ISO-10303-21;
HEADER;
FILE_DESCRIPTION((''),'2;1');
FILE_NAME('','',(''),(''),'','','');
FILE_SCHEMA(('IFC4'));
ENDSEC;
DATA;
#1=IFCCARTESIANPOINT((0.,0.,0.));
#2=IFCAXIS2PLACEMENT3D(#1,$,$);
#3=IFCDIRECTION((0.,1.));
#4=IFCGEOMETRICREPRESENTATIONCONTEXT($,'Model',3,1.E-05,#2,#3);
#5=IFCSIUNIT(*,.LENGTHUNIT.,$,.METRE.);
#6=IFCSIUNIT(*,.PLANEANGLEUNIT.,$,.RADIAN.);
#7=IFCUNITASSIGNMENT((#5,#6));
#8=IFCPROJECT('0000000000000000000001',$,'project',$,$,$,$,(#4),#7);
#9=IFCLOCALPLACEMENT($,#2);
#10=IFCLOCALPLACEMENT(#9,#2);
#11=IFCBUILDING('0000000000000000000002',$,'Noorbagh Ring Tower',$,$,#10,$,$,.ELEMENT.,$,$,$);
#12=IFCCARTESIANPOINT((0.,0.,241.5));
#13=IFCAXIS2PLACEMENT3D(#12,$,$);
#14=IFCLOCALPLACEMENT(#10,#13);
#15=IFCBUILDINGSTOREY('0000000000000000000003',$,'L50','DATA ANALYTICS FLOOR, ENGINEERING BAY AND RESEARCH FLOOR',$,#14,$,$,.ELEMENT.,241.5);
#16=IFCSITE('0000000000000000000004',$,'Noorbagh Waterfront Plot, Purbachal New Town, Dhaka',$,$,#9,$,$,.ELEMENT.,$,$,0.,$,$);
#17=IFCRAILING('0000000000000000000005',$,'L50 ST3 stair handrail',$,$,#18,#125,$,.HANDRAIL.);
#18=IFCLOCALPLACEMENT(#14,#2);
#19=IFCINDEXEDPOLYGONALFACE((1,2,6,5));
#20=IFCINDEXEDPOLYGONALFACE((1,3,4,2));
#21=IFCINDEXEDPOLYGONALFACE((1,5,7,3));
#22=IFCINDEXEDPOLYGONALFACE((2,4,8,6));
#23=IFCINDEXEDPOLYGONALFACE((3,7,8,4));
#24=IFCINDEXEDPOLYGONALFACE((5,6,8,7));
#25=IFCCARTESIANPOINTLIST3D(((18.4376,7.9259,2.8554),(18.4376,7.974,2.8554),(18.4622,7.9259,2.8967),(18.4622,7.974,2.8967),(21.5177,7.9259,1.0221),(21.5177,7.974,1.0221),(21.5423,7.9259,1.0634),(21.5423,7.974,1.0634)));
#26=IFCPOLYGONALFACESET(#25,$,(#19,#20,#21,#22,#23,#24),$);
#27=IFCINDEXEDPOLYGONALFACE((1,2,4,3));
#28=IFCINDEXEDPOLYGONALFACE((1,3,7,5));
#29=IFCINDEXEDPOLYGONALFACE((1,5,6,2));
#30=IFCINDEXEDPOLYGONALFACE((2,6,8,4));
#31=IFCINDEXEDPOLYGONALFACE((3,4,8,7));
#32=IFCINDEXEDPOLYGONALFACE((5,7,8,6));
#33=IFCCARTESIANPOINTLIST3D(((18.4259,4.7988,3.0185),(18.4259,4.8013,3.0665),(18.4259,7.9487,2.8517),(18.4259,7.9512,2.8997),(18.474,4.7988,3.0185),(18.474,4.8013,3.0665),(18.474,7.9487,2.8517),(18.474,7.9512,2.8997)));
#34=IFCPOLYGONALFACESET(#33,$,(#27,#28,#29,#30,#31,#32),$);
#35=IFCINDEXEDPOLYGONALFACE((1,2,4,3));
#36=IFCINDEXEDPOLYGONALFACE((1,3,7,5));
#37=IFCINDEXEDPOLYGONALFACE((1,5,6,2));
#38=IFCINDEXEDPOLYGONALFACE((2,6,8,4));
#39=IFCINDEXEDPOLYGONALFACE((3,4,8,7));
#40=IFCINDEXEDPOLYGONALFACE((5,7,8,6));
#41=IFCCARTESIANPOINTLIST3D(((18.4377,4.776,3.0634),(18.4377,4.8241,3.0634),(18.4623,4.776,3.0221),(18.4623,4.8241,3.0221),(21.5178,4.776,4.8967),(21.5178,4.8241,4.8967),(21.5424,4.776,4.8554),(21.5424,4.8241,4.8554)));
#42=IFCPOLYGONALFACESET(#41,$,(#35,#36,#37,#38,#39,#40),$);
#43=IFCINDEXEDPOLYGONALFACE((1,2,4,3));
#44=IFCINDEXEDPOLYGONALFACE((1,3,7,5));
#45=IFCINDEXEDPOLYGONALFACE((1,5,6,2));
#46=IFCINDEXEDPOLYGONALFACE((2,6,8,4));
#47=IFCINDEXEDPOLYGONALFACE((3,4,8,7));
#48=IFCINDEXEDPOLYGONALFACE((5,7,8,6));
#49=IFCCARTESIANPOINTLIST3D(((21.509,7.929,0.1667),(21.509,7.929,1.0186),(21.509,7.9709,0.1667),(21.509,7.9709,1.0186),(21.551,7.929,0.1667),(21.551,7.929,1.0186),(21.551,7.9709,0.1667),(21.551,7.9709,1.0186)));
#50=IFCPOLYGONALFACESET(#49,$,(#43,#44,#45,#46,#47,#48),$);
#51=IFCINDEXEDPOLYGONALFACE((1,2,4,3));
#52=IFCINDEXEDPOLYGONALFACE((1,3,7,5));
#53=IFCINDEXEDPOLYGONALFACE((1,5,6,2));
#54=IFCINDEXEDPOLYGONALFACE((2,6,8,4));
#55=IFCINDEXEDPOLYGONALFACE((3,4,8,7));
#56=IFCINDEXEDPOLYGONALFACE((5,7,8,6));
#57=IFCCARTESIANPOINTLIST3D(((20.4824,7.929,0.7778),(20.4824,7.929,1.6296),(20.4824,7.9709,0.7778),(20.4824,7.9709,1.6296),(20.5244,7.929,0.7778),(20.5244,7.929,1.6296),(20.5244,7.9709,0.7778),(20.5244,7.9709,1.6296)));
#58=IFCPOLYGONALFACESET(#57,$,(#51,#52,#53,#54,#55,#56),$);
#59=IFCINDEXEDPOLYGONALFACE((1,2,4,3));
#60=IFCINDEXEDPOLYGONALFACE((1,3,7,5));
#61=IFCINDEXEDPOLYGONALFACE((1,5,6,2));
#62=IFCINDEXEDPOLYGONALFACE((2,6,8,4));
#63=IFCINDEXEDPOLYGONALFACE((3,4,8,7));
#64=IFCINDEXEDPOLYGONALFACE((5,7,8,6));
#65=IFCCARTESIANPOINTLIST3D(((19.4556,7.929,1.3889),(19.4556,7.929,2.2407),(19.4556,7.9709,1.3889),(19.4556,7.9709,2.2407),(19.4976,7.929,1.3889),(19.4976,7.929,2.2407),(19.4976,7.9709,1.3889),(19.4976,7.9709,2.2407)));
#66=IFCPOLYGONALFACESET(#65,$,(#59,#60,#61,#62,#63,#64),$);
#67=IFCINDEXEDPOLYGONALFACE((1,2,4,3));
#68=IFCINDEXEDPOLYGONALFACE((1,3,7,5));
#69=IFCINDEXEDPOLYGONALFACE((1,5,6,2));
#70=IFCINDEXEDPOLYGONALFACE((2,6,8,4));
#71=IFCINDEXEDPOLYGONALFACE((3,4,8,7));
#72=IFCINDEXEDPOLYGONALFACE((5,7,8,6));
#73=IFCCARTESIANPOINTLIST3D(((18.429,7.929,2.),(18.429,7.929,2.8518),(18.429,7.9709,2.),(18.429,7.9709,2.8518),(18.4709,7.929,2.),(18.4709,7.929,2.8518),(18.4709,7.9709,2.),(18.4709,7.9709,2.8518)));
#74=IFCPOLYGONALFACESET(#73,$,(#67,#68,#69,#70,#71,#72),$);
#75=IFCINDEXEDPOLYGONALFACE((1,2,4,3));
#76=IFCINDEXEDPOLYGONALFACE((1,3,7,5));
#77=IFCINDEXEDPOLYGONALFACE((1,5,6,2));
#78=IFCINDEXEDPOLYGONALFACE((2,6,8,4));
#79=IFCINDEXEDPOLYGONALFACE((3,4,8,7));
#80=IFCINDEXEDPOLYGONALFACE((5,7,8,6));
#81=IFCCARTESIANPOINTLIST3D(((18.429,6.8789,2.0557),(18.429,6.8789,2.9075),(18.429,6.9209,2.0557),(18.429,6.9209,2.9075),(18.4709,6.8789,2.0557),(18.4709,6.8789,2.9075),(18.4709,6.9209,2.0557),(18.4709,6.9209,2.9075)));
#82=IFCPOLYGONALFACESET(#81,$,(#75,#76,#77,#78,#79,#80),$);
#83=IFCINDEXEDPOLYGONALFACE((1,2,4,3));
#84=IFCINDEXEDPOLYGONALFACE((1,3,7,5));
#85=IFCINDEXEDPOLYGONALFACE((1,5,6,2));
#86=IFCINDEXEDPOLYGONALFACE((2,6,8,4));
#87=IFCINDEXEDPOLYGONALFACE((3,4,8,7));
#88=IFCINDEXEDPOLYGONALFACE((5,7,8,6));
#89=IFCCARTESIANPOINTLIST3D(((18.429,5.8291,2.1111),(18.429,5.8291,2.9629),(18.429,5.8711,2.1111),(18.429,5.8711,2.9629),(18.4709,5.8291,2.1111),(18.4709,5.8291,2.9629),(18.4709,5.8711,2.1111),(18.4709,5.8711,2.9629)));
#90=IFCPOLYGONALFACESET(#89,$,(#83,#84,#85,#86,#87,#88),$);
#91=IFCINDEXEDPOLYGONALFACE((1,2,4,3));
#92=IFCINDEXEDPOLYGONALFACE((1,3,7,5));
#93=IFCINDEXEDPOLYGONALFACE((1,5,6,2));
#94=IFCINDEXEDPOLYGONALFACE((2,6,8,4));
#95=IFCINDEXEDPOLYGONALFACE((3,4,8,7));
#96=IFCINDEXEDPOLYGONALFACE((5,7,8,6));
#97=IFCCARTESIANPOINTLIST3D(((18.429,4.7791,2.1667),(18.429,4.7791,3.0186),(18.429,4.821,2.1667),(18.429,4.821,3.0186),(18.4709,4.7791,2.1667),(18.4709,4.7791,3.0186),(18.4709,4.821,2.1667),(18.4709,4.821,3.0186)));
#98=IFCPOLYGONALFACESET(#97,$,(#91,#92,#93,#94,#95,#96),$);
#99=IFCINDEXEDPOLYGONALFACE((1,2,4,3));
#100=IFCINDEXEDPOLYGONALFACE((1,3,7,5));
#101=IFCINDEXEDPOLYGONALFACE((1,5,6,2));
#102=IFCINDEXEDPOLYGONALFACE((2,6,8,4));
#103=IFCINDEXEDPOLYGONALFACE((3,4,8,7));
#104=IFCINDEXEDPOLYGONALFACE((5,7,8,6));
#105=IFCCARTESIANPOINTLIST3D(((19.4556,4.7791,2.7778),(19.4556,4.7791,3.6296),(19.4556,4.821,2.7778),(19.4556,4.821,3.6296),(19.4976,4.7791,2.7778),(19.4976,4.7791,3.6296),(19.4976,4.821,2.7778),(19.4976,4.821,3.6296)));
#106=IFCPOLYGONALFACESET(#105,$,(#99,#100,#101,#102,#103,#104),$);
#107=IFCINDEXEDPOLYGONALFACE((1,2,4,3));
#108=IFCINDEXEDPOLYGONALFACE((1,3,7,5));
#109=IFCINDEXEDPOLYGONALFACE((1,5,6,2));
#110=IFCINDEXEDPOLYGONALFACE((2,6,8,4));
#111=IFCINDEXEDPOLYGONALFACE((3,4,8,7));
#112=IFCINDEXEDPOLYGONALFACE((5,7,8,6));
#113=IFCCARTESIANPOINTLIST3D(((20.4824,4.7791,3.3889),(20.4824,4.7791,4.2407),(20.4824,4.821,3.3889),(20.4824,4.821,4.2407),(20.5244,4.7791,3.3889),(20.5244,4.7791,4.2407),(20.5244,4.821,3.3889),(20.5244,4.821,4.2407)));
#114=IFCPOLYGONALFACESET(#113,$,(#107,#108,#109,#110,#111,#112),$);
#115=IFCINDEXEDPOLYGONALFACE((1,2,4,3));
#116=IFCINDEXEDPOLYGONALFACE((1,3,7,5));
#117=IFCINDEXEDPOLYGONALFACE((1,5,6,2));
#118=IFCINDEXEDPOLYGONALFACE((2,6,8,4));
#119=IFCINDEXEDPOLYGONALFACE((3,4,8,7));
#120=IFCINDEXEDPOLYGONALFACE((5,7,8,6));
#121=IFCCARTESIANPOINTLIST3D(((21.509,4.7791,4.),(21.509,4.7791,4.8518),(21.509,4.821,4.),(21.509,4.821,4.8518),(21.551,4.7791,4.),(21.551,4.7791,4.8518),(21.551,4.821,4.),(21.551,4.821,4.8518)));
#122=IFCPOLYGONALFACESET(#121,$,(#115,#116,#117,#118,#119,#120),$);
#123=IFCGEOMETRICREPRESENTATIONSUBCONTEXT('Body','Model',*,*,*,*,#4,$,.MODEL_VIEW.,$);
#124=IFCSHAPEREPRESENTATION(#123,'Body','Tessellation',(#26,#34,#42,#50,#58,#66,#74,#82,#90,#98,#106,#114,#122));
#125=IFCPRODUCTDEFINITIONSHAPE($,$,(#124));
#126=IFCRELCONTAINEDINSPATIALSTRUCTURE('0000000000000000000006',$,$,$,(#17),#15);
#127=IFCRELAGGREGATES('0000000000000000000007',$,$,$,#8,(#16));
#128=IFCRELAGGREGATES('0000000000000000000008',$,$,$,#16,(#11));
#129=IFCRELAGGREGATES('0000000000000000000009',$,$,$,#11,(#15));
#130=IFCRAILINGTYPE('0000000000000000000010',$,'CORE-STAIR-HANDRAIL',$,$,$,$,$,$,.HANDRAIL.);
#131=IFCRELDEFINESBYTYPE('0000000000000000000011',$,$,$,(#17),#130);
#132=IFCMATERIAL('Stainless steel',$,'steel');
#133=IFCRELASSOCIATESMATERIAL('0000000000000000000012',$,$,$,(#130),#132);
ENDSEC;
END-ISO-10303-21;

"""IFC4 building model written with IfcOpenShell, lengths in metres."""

from ifc_helpers import new_model, si_unit, direction, frame, origin, origin_2d, place, context, subcontext, project, spatial, rectangle, extrude, material, type_object, element, save


model = new_model("IFC4")

# Units and contexts
model_context = context("Model", 3, precision=1e-05, world=origin(), true_north=direction((0.0, 1.0)))
body_context = subcontext(model_context, "Body", "Model", "MODEL_VIEW")
ifc_project = project(units=[si_unit("LENGTHUNIT", "METRE"), si_unit("PLANEANGLEUNIT", "RADIAN")], contexts=[model_context])

# Site, building, storey
site_placement = place(None, origin())
site = spatial("IfcSite", under=ifc_project, at=site_placement, Name="Noorbagh Waterfront Plot, Purbachal New Town, Dhaka", CompositionType="ELEMENT", RefElevation=0.0)
building_placement = place(site_placement, origin())
building = spatial("IfcBuilding", under=site, at=building_placement, Name="Noorbagh Ring Tower", CompositionType="ELEMENT")
storey_placement = place(building_placement, frame((0.0, 0.0, 241.5)))
storey = spatial("IfcBuildingStorey", under=building, at=storey_placement, Name="L50", Description="DATA ANALYTICS FLOOR, ENGINEERING BAY AND RESEARCH FLOOR", CompositionType="ELEMENT", Elevation=241.5)

# Railing
ifc_material_1 = material(Name="Stainless steel", Category="steel")
railing_type_1 = type_object("IfcRailingType", Name="CORE-STAIR-HANDRAIL", PredefinedType="HANDRAIL", material=ifc_material_1)
railing_1_placement = place(storey_placement, frame((21.53, 7.95, 0.1667)))
element("IfcRailing", 1, at=railing_1_placement, inside=storey, type_object=railing_type_1, Name="L50 ST3 stair handrail", PredefinedType="HANDRAIL", context=body_context, shape_type="SweptSolid", body=[
    extrude(rectangle(XDim=0.0481, YDim=0.0481, at=origin_2d()), frame((0.0, 0.0, 0.876), z_axis=(-0.859309, 0.0, 0.511458), x_axis=(0.0, -1.0, 0.0)), (0.0, 0.0, 1.0), 3.5845),
    extrude(rectangle(XDim=0.0481, YDim=0.0481, at=origin_2d()), frame((-3.0801, 0.0, 2.709), z_axis=(0.0, -0.998602, 0.052864), x_axis=(1.0, 0.0, 0.0)), (0.0, 0.0, 1.0), 3.1543),
    extrude(rectangle(XDim=0.0481, YDim=0.0481, at=origin_2d()), frame((-3.0801, -3.1499, 2.876), z_axis=(0.859309, 0.0, 0.511458), x_axis=(0.0, 1.0, 0.0)), (0.0, 0.0, 1.0), 3.5845),
    extrude(rectangle(XDim=0.042, YDim=0.042, at=origin_2d()), origin(), (0.0, 0.0, 1.0), 0.8518),
    extrude(rectangle(XDim=0.042, YDim=0.042, at=origin_2d()), frame((-1.0266, 0.0, 0.6111)), (0.0, 0.0, 1.0), 0.8518),
    extrude(rectangle(XDim=0.042, YDim=0.042, at=origin_2d()), frame((-2.0535, 0.0, 1.2222)), (0.0, 0.0, 1.0), 0.8518),
    extrude(rectangle(XDim=0.042, YDim=0.042, at=origin_2d()), frame((-3.0801, 0.0, 1.8333)), (0.0, 0.0, 1.0), 0.8518),
    extrude(rectangle(XDim=0.042, YDim=0.042, at=origin_2d()), frame((-3.0801, -1.05, 1.8889)), (0.0, 0.0, 1.0), 0.8518),
    extrude(rectangle(XDim=0.042, YDim=0.042, at=origin_2d()), frame((-3.0801, -2.0999, 1.9443)), (0.0, 0.0, 1.0), 0.8518),
    extrude(rectangle(XDim=0.042, YDim=0.042, at=origin_2d()), frame((-3.0801, -3.1499, 2.0)), (0.0, 0.0, 1.0), 0.8518),
    extrude(rectangle(XDim=0.042, YDim=0.042, at=origin_2d()), frame((-2.0535, -3.1499, 2.6111)), (0.0, 0.0, 1.0), 0.8518),
    extrude(rectangle(XDim=0.042, YDim=0.042, at=origin_2d()), frame((-1.0266, -3.1499, 3.2222)), (0.0, 0.0, 1.0), 0.8518),
    extrude(rectangle(XDim=0.042, YDim=0.042, at=origin_2d()), frame((0.0, -3.1499, 3.8333)), (0.0, 0.0, 1.0), 0.8518),
])

save(model, "model.ifc")
